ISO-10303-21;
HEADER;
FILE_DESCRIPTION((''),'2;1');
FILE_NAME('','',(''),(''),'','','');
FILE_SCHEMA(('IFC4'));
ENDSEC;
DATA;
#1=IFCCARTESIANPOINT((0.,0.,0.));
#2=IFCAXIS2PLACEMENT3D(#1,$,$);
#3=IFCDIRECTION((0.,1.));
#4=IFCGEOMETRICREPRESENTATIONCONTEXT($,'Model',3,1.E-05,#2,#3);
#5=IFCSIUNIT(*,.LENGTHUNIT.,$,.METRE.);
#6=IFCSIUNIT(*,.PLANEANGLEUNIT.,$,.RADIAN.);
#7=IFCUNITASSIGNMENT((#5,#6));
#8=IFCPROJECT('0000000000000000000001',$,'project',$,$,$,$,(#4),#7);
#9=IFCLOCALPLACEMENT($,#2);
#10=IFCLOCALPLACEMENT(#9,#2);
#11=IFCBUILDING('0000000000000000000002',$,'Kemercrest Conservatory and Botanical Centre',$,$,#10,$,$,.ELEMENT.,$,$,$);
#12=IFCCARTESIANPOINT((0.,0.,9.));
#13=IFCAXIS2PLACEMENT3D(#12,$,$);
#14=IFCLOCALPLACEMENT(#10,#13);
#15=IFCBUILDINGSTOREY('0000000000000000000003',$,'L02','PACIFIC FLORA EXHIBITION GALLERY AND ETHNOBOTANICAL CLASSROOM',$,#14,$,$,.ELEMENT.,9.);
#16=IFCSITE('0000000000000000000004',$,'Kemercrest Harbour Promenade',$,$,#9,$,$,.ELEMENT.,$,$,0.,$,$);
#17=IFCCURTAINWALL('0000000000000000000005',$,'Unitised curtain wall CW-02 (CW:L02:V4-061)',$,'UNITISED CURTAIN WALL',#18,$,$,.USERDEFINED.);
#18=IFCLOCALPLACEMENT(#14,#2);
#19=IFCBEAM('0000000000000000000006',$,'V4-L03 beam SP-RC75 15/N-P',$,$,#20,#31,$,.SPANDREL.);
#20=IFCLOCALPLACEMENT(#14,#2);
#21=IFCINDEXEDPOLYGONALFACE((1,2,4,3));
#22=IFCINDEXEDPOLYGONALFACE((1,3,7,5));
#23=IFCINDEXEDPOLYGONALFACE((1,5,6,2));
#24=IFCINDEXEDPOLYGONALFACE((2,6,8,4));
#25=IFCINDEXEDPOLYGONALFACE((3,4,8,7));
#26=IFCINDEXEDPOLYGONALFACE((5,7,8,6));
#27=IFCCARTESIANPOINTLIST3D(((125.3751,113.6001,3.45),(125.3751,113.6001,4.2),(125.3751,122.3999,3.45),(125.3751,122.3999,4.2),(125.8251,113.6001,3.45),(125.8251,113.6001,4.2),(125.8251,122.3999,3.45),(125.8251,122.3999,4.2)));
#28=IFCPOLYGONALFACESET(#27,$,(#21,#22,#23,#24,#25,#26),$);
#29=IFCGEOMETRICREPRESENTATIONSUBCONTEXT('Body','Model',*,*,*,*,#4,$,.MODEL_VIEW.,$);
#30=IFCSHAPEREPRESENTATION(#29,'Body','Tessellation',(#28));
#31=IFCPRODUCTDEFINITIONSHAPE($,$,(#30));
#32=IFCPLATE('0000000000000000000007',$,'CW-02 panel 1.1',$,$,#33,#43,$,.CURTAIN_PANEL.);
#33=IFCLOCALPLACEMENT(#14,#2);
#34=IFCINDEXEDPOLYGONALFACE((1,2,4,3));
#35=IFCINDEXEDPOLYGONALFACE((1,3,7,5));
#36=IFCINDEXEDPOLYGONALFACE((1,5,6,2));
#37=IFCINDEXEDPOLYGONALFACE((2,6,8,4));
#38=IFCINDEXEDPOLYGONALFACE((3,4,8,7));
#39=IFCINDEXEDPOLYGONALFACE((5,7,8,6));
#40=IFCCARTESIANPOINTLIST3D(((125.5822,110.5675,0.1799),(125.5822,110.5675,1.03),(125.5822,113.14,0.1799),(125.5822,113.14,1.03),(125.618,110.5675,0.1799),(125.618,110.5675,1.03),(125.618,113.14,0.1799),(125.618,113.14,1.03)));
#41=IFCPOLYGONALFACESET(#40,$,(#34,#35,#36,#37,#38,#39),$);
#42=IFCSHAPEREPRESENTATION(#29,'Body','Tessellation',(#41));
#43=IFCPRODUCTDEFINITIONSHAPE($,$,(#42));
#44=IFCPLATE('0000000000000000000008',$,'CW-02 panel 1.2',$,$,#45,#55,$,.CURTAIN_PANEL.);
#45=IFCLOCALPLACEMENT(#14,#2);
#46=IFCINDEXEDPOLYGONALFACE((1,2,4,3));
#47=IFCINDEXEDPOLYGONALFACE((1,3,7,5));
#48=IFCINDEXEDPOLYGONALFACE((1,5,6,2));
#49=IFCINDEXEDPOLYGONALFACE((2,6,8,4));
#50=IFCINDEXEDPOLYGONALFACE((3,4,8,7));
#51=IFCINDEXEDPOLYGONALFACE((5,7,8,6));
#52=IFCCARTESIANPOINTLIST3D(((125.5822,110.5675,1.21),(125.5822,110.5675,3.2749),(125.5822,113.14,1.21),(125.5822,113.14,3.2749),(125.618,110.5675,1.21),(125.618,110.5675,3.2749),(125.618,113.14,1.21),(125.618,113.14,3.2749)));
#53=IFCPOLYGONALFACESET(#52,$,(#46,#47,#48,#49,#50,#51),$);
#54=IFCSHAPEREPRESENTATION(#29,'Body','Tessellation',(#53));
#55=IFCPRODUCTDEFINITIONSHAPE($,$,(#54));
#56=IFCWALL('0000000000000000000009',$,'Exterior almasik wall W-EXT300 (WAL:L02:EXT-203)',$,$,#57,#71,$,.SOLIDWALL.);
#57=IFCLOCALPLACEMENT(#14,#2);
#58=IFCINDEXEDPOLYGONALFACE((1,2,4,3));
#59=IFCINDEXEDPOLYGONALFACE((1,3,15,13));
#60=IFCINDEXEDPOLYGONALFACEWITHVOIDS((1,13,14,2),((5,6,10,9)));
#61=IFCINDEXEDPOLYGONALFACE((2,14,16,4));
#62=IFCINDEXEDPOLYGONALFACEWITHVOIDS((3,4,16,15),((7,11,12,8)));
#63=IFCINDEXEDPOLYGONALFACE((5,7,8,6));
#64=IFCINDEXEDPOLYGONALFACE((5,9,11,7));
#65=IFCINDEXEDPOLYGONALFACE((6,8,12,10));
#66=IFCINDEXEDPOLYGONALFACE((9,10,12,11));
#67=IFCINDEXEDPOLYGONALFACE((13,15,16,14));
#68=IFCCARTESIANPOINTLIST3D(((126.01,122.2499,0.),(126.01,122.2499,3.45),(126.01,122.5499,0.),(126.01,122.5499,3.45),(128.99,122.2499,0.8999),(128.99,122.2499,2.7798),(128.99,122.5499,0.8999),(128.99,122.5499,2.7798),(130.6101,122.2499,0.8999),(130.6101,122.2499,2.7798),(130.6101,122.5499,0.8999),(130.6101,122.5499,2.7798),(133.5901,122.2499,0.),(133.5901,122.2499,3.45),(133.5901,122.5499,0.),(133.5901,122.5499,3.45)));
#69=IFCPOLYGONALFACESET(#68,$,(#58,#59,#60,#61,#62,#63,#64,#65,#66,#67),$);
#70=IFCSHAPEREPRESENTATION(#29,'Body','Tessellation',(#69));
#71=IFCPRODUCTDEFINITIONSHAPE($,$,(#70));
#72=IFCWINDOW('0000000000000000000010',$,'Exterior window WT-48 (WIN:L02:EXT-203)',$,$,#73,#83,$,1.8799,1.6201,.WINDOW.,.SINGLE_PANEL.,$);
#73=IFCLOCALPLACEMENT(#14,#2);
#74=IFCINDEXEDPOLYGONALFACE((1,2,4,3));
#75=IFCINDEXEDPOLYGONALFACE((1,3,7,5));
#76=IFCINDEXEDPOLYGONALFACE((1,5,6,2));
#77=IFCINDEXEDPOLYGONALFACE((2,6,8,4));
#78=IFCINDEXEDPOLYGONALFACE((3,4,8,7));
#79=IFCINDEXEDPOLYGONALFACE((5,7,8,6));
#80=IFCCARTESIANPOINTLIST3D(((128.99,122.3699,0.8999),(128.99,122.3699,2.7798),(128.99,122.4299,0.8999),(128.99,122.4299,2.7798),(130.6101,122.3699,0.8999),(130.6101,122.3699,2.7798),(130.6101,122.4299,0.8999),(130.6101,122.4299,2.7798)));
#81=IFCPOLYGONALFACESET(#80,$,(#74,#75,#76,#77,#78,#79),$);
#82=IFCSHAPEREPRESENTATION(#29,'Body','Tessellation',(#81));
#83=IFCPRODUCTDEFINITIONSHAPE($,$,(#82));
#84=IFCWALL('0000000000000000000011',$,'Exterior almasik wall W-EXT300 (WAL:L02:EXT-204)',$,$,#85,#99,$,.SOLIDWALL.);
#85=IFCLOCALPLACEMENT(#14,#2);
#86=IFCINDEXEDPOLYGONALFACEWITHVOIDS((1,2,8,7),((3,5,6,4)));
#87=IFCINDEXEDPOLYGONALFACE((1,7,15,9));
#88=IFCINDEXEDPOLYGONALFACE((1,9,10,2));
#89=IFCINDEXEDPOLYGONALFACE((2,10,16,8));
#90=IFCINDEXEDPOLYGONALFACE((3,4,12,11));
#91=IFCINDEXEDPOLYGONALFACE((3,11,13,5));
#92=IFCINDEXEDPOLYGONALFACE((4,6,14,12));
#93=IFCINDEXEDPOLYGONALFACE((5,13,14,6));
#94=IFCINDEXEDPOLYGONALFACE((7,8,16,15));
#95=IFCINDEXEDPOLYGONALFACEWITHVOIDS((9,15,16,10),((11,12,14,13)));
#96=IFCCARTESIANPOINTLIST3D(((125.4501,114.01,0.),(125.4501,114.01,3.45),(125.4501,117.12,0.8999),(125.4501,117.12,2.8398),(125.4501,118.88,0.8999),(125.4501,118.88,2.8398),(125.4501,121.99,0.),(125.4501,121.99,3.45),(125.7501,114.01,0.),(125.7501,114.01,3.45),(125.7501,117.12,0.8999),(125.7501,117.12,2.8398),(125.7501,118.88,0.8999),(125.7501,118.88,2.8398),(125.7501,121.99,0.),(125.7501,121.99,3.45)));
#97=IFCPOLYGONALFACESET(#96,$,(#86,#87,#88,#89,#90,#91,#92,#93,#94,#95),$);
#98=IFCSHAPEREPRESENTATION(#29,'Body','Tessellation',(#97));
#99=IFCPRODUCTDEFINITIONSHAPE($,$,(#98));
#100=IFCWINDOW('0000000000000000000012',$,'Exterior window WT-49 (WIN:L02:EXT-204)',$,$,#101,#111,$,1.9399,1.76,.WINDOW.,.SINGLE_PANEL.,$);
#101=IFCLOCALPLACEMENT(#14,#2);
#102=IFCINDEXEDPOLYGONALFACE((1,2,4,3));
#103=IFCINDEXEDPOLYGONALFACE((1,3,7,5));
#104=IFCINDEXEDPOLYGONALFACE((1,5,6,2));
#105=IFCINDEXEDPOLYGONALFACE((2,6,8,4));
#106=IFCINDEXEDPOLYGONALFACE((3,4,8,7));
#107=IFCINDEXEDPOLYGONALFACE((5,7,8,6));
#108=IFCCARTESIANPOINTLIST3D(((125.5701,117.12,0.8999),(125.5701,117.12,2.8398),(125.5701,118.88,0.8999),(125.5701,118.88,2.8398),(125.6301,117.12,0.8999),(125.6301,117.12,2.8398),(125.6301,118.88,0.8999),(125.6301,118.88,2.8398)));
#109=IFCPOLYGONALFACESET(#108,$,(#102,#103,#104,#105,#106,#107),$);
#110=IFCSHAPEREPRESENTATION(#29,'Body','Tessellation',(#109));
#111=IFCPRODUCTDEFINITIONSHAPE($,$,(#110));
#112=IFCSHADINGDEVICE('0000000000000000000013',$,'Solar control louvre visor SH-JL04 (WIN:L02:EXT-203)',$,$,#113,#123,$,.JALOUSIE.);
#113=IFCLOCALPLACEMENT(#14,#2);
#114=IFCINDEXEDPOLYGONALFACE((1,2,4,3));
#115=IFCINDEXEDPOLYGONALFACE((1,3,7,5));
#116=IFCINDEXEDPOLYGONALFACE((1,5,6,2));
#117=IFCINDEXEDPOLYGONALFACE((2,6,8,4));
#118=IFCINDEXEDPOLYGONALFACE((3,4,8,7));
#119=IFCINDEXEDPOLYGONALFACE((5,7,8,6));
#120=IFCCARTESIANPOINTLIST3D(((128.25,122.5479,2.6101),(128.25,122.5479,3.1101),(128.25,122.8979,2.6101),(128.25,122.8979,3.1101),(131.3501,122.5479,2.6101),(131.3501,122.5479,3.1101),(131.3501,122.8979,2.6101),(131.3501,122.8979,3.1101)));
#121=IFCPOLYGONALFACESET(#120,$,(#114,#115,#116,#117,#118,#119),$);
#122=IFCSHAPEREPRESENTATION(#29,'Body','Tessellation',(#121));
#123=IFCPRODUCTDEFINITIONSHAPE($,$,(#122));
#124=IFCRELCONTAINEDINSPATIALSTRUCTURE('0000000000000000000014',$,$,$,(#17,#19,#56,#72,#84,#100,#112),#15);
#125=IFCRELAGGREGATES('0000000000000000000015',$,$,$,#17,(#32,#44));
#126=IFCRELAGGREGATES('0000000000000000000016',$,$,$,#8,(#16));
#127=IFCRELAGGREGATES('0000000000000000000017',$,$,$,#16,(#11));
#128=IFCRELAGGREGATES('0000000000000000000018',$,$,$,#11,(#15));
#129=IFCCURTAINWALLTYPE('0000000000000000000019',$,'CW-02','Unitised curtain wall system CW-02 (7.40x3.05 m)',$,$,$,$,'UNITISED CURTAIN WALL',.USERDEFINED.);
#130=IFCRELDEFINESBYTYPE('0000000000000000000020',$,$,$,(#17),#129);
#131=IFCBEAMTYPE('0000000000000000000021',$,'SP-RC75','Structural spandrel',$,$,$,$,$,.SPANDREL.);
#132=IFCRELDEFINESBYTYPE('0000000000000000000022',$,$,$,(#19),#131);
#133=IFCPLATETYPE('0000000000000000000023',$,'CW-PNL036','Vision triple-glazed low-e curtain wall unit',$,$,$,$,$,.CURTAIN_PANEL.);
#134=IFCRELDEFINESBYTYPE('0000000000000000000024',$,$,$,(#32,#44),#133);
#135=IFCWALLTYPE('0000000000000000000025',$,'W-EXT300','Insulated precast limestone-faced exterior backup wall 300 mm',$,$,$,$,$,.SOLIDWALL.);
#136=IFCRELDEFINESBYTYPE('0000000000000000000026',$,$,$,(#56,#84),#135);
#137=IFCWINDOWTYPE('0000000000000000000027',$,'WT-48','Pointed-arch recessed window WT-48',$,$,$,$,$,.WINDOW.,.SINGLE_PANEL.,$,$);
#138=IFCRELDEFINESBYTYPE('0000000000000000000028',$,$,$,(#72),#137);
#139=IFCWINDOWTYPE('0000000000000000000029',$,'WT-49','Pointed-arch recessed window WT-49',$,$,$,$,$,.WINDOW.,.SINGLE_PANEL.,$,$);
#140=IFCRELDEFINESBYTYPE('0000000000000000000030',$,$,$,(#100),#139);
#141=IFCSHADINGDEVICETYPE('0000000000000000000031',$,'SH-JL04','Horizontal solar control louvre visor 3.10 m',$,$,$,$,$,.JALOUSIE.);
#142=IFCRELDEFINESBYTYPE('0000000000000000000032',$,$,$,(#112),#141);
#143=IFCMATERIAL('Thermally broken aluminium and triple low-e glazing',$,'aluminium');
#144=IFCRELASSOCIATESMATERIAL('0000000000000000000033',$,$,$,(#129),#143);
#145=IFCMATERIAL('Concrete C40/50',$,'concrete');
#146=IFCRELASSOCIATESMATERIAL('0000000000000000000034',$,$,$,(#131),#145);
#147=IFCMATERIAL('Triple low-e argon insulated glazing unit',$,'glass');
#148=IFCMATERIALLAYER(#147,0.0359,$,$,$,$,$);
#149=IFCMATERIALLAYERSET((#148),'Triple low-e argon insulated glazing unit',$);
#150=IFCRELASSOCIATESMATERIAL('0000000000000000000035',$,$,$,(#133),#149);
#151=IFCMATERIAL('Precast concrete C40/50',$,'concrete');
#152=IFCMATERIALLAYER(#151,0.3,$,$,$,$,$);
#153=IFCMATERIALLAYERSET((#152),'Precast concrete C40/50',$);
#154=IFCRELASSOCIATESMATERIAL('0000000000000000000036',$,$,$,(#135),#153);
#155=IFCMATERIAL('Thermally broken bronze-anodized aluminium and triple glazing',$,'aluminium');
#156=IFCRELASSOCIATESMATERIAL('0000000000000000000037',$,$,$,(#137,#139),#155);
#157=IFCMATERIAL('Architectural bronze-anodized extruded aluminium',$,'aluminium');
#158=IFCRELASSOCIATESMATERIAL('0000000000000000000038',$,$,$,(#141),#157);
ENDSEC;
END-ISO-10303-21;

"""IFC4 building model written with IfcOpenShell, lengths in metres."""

from ifc_helpers import new_model, si_unit, direction, frame, frame_2d, origin, origin_2d, place, context, subcontext, project, spatial, rectangle, extrude, material, layer, layer_set, material_profile, profile_set, type_object, element, fill, aggregate, save


model = new_model("IFC4")

# Units and contexts
model_context = context("Model", 3, precision=1e-05, world=origin(), true_north=direction((0.0, 1.0)))
body_context = subcontext(model_context, "Body", "Model", "MODEL_VIEW")
ifc_project = project(units=[si_unit("LENGTHUNIT", "METRE"), si_unit("PLANEANGLEUNIT", "RADIAN")], contexts=[model_context])

# Site, building, storey
site_placement = place(None, origin())
site = spatial("IfcSite", under=ifc_project, at=site_placement, Name="Kemercrest Harbour Promenade", CompositionType="ELEMENT", RefElevation=0.0)
building_placement = place(site_placement, origin())
building = spatial("IfcBuilding", under=site, at=building_placement, Name="Kemercrest Conservatory and Botanical Centre", CompositionType="ELEMENT")
storey_placement = place(building_placement, frame((0.0, 0.0, 9.0)))
storey = spatial("IfcBuildingStorey", under=building, at=storey_placement, Name="L02", Description="PACIFIC FLORA EXHIBITION GALLERY AND ETHNOBOTANICAL CLASSROOM", CompositionType="ELEMENT", Elevation=9.0)

# Curtain wall
ifc_material_1 = material(Name="Thermally broken aluminium and triple low-e glazing", Category="aluminium")
curtain_wall_type = type_object("IfcCurtainWallType", Name="CW-02", Description="Unitised curtain wall system CW-02 (7.40x3.05 m)", ElementType="UNITISED CURTAIN WALL", PredefinedType="USERDEFINED", material=ifc_material_1)
curtain_wall_placement = place(storey_placement, origin())
curtain_wall = element("IfcCurtainWall", 1, at=curtain_wall_placement, inside=storey, type_object=curtain_wall_type, Name="Unitised curtain wall CW-02 (CW:L02:V4-061)", ObjectType="UNITISED CURTAIN WALL", PredefinedType="USERDEFINED")

# Beam
ifc_material_2 = material(Name="Concrete C40/50", Category="concrete")
ifc_material_3 = material(Name="Precast concrete C40/50", Category="concrete")
ifc_material_profile_1 = material_profile(ifc_material_2, rectangle(XDim=0.45, YDim=0.75, at=origin_2d()), Name="RC 450x750")
ifc_profile_set_1 = profile_set([ifc_material_profile_1], Name="Concrete C40/50")
beam_type_1 = type_object("IfcBeamType", Name="SP-RC75", Description="Structural spandrel", PredefinedType="SPANDREL", material=ifc_profile_set_1)
beam_1_placement = place(storey_placement, frame((125.6001, 113.6001, 3.825), z_axis=(0.0, 1.0, 0.0), x_axis=(-1.0, 0.0, 0.0)))
element("IfcBeam", 2, at=beam_1_placement, inside=storey, type_object=beam_type_1, Name="V4-L03 beam SP-RC75 15/N-P", PredefinedType="SPANDREL", context=body_context, shape_type="SweptSolid", body=[
    extrude(rectangle(XDim=0.45, YDim=0.75, at=origin_2d()), origin(), (0.0, 0.0, 1.0), 8.7998),
])

# Plates
ifc_material_4 = material(Name="Triple low-e argon insulated glazing unit", Category="glass")
ifc_layer_1 = layer(ifc_material_4, 0.0359)
ifc_layer_set_1 = layer_set([ifc_layer_1], Name="Triple low-e argon insulated glazing unit")
plate_type = type_object("IfcPlateType", Name="CW-PNL036", Description="Vision triple-glazed low-e curtain wall unit", PredefinedType="CURTAIN_PANEL", material=ifc_layer_set_1)
plate_1_placement = place(storey_placement, frame((125.6001, 111.8538, 0.1799), z_axis=(0.0, 0.0, 1.0), x_axis=(0.0, -1.0, 0.0)))
plate_1 = element("IfcPlate", 3, at=plate_1_placement, type_object=plate_type, Name="CW-02 panel 1.1", PredefinedType="CURTAIN_PANEL", context=body_context, shape_type="SweptSolid", body=[
    extrude(rectangle(XDim=2.5725, YDim=0.0359, at=origin_2d()), origin(), (0.0, 0.0, 1.0), 0.8501),
])
plate_2_placement = place(storey_placement, frame((125.6001, 111.8538, 1.21), z_axis=(0.0, 0.0, 1.0), x_axis=(0.0, -1.0, 0.0)))
plate_2 = element("IfcPlate", 4, at=plate_2_placement, type_object=plate_type, Name="CW-02 panel 1.2", PredefinedType="CURTAIN_PANEL", context=body_context, shape_type="SweptSolid", body=[
    extrude(rectangle(XDim=2.5725, YDim=0.0359, at=origin_2d()), origin(), (0.0, 0.0, 1.0), 2.0649),
])
aggregate(curtain_wall, [plate_1, plate_2])

# Walls, openings, windows
ifc_layer_2 = layer(ifc_material_3, 0.3)
ifc_layer_set_2 = layer_set([ifc_layer_2], Name="Precast concrete C40/50")
wall_type = type_object("IfcWallType", Name="W-EXT300", Description="Insulated precast limestone-faced exterior backup wall 300 mm", PredefinedType="SOLIDWALL", material=ifc_layer_set_2)
wall_1_placement = place(storey_placement, frame((133.5901, 122.3999, 0.0), z_axis=(0.0, 0.0, 1.0), x_axis=(-1.0, 0.0, 0.0)))
wall_1 = element("IfcWall", 5, at=wall_1_placement, inside=storey, type_object=wall_type, Name="Exterior almasik wall W-EXT300 (WAL:L02:EXT-203)", PredefinedType="SOLIDWALL", context=body_context, shape_type="SweptSolid", body=[
    extrude(rectangle(XDim=7.5801, YDim=0.3, at=frame_2d((3.79, 0.0))), origin(), (0.0, 0.0, 1.0), 3.45),
])
opening_1_placement = place(wall_1_placement, frame((2.98, 0.0, 0.8999)))
opening_1 = element("IfcOpeningElement", 6, at=opening_1_placement, cuts=wall_1, PredefinedType="OPENING", context=body_context, shape_type="SweptSolid", body=[
    extrude(rectangle(XDim=1.6201, YDim=1.8799, at=frame_2d((0.8101, 0.9399))), frame((0.0, 0.1602, 0.0), z_axis=(0.0, -1.0, 0.0), x_axis=(1.0, 0.0, 0.0)), (0.0, 0.0, 1.0), 0.3201),
])
ifc_material_5 = material(Name="Thermally broken bronze-anodized aluminium and triple glazing", Category="aluminium")
window_type_1 = type_object("IfcWindowType", Name="WT-48", Description="Pointed-arch recessed window WT-48", PartitioningType="SINGLE_PANEL", PredefinedType="WINDOW", material=ifc_material_5)
window_1_placement = place(opening_1_placement, origin())
window_1 = element("IfcWindow", 7, at=window_1_placement, inside=storey, type_object=window_type_1, Name="Exterior window WT-48 (WIN:L02:EXT-203)", OverallHeight=1.8799, OverallWidth=1.6201, PartitioningType="SINGLE_PANEL", PredefinedType="WINDOW", context=body_context, shape_type="SweptSolid", body=[
    extrude(rectangle(XDim=1.6201, YDim=1.8799, at=frame_2d((0.8101, 0.9399))), frame((0.0, 0.03, 0.0), z_axis=(0.0, -1.0, 0.0), x_axis=(1.0, 0.0, 0.0)), (0.0, 0.0, 1.0), 0.0601),
])
fill(opening_1, window_1)
wall_2_placement = place(storey_placement, frame((125.6001, 121.99, 0.0), z_axis=(0.0, 0.0, 1.0), x_axis=(0.0, -1.0, 0.0)))
wall_2 = element("IfcWall", 8, at=wall_2_placement, inside=storey, type_object=wall_type, Name="Exterior almasik wall W-EXT300 (WAL:L02:EXT-204)", PredefinedType="SOLIDWALL", context=body_context, shape_type="SweptSolid", body=[
    extrude(rectangle(XDim=7.98, YDim=0.3, at=frame_2d((3.99, 0.0))), origin(), (0.0, 0.0, 1.0), 3.45),
])
opening_2_placement = place(wall_2_placement, frame((3.1101, 0.0, 0.8999)))
opening_2 = element("IfcOpeningElement", 9, at=opening_2_placement, cuts=wall_2, PredefinedType="OPENING", context=body_context, shape_type="SweptSolid", body=[
    extrude(rectangle(XDim=1.76, YDim=1.9399, at=frame_2d((0.8799, 0.97))), frame((0.0, 0.1602, 0.0), z_axis=(0.0, -1.0, 0.0), x_axis=(1.0, 0.0, 0.0)), (0.0, 0.0, 1.0), 0.3201),
])
window_type_2 = type_object("IfcWindowType", Name="WT-49", Description="Pointed-arch recessed window WT-49", PartitioningType="SINGLE_PANEL", PredefinedType="WINDOW", material=ifc_material_5)
window_2_placement = place(opening_2_placement, origin())
window_2 = element("IfcWindow", 10, at=window_2_placement, inside=storey, type_object=window_type_2, Name="Exterior window WT-49 (WIN:L02:EXT-204)", OverallHeight=1.9399, OverallWidth=1.76, PartitioningType="SINGLE_PANEL", PredefinedType="WINDOW", context=body_context, shape_type="SweptSolid", body=[
    extrude(rectangle(XDim=1.76, YDim=1.9399, at=frame_2d((0.8799, 0.97))), frame((0.0, 0.03, 0.0), z_axis=(0.0, -1.0, 0.0), x_axis=(1.0, 0.0, 0.0)), (0.0, 0.0, 1.0), 0.0601),
])
fill(opening_2, window_2)

# Shading device
ifc_material_6 = material(Name="Architectural bronze-anodized extruded aluminium", Category="aluminium")
shading_device_type = type_object("IfcShadingDeviceType", Name="SH-JL04", Description="Horizontal solar control louvre visor 3.10 m", PredefinedType="JALOUSIE", material=ifc_material_6)
shading_device_placement = place(storey_placement, frame((129.8, 122.7229, 2.6101), z_axis=(0.0, 0.0, 1.0), x_axis=(-1.0, 0.0, 0.0)))
element("IfcShadingDevice", 11, at=shading_device_placement, inside=storey, type_object=shading_device_type, Name="Solar control louvre visor SH-JL04 (WIN:L02:EXT-203)", PredefinedType="JALOUSIE", context=body_context, shape_type="SweptSolid", body=[
    extrude(rectangle(XDim=3.1001, YDim=0.3501, at=origin_2d()), origin(), (0.0, 0.0, 1.0), 0.5),
])

save(model, "model.ifc")
